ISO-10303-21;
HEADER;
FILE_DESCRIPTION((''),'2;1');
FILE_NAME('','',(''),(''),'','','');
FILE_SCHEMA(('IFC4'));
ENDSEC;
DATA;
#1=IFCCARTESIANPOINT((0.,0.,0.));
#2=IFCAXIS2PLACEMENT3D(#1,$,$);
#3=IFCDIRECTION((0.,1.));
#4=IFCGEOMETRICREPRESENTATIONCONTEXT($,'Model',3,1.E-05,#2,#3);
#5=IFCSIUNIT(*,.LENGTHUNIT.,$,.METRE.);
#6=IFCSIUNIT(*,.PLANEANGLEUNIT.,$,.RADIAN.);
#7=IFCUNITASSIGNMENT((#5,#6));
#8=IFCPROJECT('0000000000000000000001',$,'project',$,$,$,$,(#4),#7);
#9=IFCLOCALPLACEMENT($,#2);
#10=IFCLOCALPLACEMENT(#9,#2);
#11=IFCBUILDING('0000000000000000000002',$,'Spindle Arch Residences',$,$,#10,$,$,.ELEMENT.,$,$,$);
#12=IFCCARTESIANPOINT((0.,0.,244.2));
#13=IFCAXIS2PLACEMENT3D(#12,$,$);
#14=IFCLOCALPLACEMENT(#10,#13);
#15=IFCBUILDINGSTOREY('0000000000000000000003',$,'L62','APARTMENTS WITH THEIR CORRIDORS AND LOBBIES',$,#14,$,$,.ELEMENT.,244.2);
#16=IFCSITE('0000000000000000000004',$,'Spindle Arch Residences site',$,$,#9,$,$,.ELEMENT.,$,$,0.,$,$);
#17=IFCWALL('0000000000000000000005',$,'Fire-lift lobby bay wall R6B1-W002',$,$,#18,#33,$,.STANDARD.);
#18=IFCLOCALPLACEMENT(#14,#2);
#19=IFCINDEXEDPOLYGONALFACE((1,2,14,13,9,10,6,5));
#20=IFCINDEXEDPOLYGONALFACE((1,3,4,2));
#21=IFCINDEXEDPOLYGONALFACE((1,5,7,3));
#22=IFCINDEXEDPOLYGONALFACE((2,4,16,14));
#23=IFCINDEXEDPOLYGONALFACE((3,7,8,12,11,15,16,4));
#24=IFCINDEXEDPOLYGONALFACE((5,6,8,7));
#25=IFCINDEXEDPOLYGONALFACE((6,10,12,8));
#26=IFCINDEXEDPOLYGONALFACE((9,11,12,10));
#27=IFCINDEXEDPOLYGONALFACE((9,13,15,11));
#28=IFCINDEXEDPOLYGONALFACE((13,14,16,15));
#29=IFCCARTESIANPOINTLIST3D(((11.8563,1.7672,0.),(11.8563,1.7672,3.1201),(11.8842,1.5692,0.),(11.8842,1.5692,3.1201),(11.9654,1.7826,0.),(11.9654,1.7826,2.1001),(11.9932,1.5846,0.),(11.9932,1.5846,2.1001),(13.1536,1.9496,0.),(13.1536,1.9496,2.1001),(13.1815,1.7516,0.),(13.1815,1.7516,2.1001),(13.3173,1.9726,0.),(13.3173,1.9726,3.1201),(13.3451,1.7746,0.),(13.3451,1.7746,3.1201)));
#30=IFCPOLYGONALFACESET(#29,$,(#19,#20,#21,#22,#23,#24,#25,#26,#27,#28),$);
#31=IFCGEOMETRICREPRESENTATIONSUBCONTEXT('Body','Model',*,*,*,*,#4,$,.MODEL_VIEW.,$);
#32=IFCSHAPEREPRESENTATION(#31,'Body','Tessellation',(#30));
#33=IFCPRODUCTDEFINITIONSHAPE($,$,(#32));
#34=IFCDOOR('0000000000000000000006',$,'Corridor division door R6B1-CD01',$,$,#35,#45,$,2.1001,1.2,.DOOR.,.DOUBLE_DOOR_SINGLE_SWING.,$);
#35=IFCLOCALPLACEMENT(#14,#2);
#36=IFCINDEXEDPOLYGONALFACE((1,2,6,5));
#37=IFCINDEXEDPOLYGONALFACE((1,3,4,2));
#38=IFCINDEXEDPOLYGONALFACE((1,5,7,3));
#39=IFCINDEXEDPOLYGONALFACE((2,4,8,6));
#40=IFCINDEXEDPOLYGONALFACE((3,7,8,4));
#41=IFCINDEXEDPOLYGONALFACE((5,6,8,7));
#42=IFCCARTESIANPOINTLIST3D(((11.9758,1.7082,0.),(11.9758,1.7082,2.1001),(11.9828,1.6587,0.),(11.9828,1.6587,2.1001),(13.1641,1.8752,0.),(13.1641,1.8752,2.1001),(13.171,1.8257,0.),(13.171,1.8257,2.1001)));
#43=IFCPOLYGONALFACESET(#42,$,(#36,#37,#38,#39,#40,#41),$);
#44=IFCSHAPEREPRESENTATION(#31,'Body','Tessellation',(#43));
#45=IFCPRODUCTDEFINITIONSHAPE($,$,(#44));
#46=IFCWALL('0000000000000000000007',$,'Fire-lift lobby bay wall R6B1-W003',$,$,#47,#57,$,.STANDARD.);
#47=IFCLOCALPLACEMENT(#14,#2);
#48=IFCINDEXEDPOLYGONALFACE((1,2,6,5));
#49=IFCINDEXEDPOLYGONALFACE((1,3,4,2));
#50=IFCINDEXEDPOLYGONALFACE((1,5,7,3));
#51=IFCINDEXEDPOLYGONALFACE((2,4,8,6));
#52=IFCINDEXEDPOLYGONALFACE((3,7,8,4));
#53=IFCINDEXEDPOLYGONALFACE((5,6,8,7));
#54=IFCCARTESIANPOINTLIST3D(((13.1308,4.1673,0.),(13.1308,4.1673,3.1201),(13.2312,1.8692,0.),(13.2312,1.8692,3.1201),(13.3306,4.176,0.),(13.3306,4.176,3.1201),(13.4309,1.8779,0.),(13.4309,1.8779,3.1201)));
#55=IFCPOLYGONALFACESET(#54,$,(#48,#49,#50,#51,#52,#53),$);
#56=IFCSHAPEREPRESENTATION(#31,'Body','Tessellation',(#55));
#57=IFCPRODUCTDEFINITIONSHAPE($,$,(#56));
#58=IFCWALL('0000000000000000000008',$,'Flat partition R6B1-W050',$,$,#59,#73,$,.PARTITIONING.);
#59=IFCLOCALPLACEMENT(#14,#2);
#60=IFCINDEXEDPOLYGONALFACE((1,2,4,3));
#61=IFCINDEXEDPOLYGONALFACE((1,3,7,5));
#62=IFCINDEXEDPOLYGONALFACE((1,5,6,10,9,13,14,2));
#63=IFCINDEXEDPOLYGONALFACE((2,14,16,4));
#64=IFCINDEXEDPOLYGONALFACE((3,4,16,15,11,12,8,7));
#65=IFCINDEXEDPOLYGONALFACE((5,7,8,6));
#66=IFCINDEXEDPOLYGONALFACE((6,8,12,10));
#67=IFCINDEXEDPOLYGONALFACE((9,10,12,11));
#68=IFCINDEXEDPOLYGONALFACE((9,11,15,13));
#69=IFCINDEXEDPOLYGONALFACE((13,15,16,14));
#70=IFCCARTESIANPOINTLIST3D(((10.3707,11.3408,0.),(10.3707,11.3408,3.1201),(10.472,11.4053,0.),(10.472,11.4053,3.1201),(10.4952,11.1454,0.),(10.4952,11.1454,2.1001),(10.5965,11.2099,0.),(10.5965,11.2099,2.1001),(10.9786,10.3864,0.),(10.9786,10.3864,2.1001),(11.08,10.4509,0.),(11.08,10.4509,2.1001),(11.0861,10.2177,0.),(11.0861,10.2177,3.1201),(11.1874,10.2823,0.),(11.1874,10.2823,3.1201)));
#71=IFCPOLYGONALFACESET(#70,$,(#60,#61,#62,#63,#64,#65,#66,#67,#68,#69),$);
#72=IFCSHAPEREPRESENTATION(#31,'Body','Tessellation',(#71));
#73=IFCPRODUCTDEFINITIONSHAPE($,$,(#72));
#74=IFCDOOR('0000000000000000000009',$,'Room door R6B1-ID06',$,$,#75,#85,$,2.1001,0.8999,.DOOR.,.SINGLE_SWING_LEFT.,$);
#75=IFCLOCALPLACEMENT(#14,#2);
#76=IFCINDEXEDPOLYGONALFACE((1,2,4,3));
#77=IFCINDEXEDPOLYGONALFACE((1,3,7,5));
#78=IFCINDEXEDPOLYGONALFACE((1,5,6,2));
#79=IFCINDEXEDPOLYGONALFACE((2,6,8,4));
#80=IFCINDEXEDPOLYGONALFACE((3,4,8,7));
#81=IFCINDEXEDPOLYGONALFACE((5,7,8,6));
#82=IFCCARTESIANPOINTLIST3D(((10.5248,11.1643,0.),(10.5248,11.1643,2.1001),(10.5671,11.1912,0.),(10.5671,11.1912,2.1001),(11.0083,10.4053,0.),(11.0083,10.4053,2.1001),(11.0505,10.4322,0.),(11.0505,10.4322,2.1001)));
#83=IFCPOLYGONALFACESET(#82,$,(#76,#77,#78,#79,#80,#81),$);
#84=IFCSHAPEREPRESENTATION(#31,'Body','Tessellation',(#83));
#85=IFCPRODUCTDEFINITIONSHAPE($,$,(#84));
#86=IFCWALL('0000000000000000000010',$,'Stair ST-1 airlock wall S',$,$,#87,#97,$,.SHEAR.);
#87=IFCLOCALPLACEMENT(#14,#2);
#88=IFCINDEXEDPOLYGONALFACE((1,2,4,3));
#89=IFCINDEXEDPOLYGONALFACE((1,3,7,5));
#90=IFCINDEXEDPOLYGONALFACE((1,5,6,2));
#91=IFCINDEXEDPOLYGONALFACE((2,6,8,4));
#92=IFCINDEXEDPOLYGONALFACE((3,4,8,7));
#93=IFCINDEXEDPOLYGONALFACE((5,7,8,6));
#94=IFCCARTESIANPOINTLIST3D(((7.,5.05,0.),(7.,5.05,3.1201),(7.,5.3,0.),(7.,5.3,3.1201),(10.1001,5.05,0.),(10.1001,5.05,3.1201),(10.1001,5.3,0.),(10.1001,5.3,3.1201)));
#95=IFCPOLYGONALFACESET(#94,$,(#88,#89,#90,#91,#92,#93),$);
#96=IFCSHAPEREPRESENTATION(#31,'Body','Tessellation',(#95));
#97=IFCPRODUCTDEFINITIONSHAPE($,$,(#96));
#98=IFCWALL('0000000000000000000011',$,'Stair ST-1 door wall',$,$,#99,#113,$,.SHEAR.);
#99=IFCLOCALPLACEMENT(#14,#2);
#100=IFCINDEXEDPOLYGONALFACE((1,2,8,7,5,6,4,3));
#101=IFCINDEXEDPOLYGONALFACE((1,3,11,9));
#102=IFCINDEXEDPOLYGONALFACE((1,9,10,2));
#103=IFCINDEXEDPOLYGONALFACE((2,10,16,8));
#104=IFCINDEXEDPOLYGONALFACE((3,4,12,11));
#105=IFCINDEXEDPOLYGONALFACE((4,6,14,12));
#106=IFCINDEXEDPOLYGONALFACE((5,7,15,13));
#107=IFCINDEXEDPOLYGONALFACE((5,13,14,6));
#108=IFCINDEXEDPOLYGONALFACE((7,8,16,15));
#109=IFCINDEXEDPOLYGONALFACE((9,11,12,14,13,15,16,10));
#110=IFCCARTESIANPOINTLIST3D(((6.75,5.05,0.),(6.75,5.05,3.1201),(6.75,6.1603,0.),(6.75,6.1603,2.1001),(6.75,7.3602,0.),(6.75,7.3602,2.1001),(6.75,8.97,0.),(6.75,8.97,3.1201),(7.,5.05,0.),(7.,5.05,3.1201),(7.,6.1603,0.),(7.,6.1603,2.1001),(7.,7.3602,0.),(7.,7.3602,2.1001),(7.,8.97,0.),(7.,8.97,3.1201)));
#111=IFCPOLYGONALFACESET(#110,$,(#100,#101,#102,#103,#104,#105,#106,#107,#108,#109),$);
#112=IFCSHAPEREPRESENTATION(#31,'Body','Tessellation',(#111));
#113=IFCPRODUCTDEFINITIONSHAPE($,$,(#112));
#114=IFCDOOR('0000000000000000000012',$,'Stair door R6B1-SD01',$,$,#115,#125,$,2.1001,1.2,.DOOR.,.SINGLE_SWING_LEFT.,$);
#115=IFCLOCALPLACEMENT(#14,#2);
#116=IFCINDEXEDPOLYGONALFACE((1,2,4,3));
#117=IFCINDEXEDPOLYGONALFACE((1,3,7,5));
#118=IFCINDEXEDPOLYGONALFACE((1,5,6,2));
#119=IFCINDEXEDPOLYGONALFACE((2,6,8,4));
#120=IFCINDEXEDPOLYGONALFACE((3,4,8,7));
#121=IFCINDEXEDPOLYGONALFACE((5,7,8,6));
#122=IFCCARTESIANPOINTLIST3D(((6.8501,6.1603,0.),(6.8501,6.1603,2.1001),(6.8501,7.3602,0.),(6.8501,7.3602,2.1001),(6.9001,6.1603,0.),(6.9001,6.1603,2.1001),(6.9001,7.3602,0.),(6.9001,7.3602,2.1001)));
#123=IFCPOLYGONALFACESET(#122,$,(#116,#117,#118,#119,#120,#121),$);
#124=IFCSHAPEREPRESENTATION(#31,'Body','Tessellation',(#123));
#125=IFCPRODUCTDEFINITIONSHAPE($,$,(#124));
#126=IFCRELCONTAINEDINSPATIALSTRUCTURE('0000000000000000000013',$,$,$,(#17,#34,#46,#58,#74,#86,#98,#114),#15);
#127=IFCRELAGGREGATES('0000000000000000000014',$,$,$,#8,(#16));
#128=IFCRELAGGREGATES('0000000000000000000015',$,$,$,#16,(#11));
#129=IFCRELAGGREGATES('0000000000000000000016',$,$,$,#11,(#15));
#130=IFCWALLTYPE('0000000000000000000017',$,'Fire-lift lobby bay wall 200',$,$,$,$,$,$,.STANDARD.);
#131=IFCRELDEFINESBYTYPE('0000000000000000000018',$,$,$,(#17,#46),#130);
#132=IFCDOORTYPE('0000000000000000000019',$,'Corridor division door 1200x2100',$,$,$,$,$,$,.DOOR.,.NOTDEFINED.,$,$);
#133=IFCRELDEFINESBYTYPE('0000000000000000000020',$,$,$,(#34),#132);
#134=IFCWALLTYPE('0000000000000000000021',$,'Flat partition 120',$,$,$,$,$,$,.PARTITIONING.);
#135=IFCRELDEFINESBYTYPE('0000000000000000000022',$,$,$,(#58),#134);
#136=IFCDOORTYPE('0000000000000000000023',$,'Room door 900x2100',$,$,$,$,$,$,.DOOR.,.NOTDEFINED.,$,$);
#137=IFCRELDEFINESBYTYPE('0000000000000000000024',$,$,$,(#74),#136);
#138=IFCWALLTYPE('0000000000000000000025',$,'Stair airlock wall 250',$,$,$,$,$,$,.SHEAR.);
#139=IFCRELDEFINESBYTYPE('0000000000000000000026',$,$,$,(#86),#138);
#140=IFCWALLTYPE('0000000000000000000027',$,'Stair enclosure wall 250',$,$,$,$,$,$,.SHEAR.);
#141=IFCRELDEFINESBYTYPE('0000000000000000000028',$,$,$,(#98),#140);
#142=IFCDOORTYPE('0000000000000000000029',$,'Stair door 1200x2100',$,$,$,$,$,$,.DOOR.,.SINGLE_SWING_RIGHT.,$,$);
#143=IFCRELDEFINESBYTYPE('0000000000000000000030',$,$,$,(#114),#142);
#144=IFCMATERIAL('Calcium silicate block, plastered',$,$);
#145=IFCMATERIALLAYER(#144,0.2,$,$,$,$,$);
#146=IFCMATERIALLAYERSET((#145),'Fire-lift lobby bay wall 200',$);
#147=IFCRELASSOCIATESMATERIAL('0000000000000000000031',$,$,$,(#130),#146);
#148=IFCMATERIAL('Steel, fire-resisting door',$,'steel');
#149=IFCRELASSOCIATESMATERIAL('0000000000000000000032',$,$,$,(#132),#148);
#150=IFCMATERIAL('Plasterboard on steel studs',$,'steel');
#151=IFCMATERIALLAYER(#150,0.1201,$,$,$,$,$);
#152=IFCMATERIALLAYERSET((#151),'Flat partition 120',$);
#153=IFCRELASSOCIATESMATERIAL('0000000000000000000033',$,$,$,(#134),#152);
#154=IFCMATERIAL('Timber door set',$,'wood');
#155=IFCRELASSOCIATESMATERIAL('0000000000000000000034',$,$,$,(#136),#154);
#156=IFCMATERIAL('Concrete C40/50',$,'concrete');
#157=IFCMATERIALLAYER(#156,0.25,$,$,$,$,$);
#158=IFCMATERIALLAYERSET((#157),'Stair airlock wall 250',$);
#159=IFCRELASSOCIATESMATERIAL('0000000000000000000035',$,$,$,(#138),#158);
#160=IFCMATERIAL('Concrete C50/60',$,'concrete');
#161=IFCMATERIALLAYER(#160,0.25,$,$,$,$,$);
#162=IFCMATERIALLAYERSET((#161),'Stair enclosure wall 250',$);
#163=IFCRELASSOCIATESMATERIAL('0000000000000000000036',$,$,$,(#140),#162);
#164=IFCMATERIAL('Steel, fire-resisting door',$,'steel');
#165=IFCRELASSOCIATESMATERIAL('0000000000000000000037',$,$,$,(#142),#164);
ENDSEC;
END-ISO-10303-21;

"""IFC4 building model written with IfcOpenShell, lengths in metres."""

from ifc_helpers import new_model, si_unit, direction, frame, frame_2d, origin, place, context, subcontext, project, spatial, rectangle, extrude, material, layer, layer_set, type_object, element, fill, save


model = new_model("IFC4")

# Units and contexts
model_context = context("Model", 3, precision=1e-05, world=origin(), true_north=direction((0.0, 1.0)))
body_context = subcontext(model_context, "Body", "Model", "MODEL_VIEW")
ifc_project = project(units=[si_unit("LENGTHUNIT", "METRE"), si_unit("PLANEANGLEUNIT", "RADIAN")], contexts=[model_context])

# Site, building, storey
site_placement = place(None, origin())
site = spatial("IfcSite", under=ifc_project, at=site_placement, Name="Spindle Arch Residences site", CompositionType="ELEMENT", RefElevation=0.0)
building_placement = place(site_placement, origin())
building = spatial("IfcBuilding", under=site, at=building_placement, Name="Spindle Arch Residences", CompositionType="ELEMENT")
storey_placement = place(building_placement, frame((0.0, 0.0, 244.2)))
storey = spatial("IfcBuildingStorey", under=building, at=storey_placement, Name="L62", Description="APARTMENTS WITH THEIR CORRIDORS AND LOBBIES", CompositionType="ELEMENT", Elevation=244.2)

# Shared definitions
ifc_material_1 = material(Name="Calcium silicate block, plastered")
ifc_layer_1 = layer(ifc_material_1, 0.2)
ifc_layer_set_1 = layer_set([ifc_layer_1], Name="Fire-lift lobby bay wall 200")
wall_type_1 = type_object("IfcWallType", Name="Fire-lift lobby bay wall 200", PredefinedType="STANDARD", material=ifc_layer_set_1)

# Wall, opening, door
wall_1_placement = place(storey_placement, frame((11.8701, 1.6682, 0.0), z_axis=(0.0, 0.0, 1.0), x_axis=(0.990268, 0.139174, 0.0)))
wall_1 = element("IfcWall", 1, at=wall_1_placement, inside=storey, type_object=wall_type_1, Name="Fire-lift lobby bay wall R6B1-W002", PredefinedType="STANDARD", context=body_context, shape_type="SweptSolid", body=[
    extrude(rectangle(XDim=1.4753, YDim=0.2, at=frame_2d((0.7378, 0.0))), origin(), (0.0, 0.0, 1.0), 3.1201),
])
opening_1_placement = place(wall_1_placement, frame((0.1101, 0.0, 0.0)))
opening_1 = element("IfcOpeningElement", 2, at=opening_1_placement, cuts=wall_1, PredefinedType="OPENING", context=body_context, shape_type="SweptSolid", body=[
    extrude(rectangle(XDim=1.2, YDim=2.1001, at=frame_2d((0.6001, 1.05))), frame((0.0, 0.1099, 0.0), z_axis=(0.0, -1.0, 0.0), x_axis=(1.0, 0.0, 0.0)), (0.0, 0.0, 1.0), 0.22),
])
ifc_material_2 = material(Name="Steel, fire-resisting door", Category="steel")
door_type_1 = type_object("IfcDoorType", Name="Corridor division door 1200x2100", OperationType="NOTDEFINED", PredefinedType="DOOR", material=ifc_material_2)
door_1_placement = place(opening_1_placement, origin())
door_1 = element("IfcDoor", 3, at=door_1_placement, inside=storey, type_object=door_type_1, Name="Corridor division door R6B1-CD01", OperationType="DOUBLE_DOOR_SINGLE_SWING", OverallHeight=2.1001, OverallWidth=1.2, PredefinedType="DOOR", context=body_context, shape_type="SweptSolid", body=[
    extrude(rectangle(XDim=1.2, YDim=2.1001, at=frame_2d((0.6001, 1.05))), frame((0.0, 0.0249, 0.0), z_axis=(0.0, -1.0, 0.0), x_axis=(1.0, 0.0, 0.0)), (0.0, 0.0, 1.0), 0.05),
])
fill(opening_1, door_1)

# Wall
wall_2_placement = place(storey_placement, frame((13.3311, 1.8735, 0.0), z_axis=(0.0, 0.0, 1.0), x_axis=(-0.043621, 0.999048, 0.0)))
element("IfcWall", 4, at=wall_2_placement, inside=storey, type_object=wall_type_1, Name="Fire-lift lobby bay wall R6B1-W003", PredefinedType="STANDARD", context=body_context, shape_type="SweptSolid", body=[
    extrude(rectangle(XDim=2.3003, YDim=0.2, at=frame_2d((1.1501, 0.0))), origin(), (0.0, 0.0, 1.0), 3.1201),
])

# Wall, opening, door
ifc_material_3 = material(Name="Plasterboard on steel studs", Category="steel")
ifc_layer_2 = layer(ifc_material_3, 0.1201)
ifc_layer_set_2 = layer_set([ifc_layer_2], Name="Flat partition 120")
wall_type_2 = type_object("IfcWallType", Name="Flat partition 120", PredefinedType="PARTITIONING", material=ifc_layer_set_2)
wall_3_placement = place(storey_placement, frame((11.1367, 10.25, 0.0), z_axis=(0.0, 0.0, 1.0), x_axis=(-0.537231, 0.843435, 0.0)))
wall_3 = element("IfcWall", 5, at=wall_3_placement, inside=storey, type_object=wall_type_2, Name="Flat partition R6B1-W050", PredefinedType="PARTITIONING", context=body_context, shape_type="SweptSolid", body=[
    extrude(rectangle(XDim=1.3315, YDim=0.1201, at=frame_2d((0.6658, 0.0))), origin(), (0.0, 0.0, 1.0), 3.1201),
])
opening_2_placement = place(wall_3_placement, frame((0.2, 0.0, 0.0)))
opening_2 = element("IfcOpeningElement", 6, at=opening_2_placement, cuts=wall_3, PredefinedType="OPENING", context=body_context, shape_type="SweptSolid", body=[
    extrude(rectangle(XDim=0.8999, YDim=2.1001, at=frame_2d((0.45, 1.05))), frame((0.0, 0.0701, 0.0), z_axis=(0.0, -1.0, 0.0), x_axis=(1.0, 0.0, 0.0)), (0.0, 0.0, 1.0), 0.1401),
])
ifc_material_4 = material(Name="Timber door set", Category="wood")
door_type_2 = type_object("IfcDoorType", Name="Room door 900x2100", OperationType="NOTDEFINED", PredefinedType="DOOR", material=ifc_material_4)
door_2_placement = place(opening_2_placement, origin())
door_2 = element("IfcDoor", 7, at=door_2_placement, inside=storey, type_object=door_type_2, Name="Room door R6B1-ID06", OperationType="SINGLE_SWING_LEFT", OverallHeight=2.1001, OverallWidth=0.8999, PredefinedType="DOOR", context=body_context, shape_type="SweptSolid", body=[
    extrude(rectangle(XDim=0.8999, YDim=2.1001, at=frame_2d((0.45, 1.05))), frame((0.0, 0.0249, 0.0), z_axis=(0.0, -1.0, 0.0), x_axis=(1.0, 0.0, 0.0)), (0.0, 0.0, 1.0), 0.05),
])
fill(opening_2, door_2)

# Wall
ifc_material_5 = material(Name="Concrete C40/50", Category="concrete")
ifc_layer_3 = layer(ifc_material_5, 0.25)
ifc_layer_set_3 = layer_set([ifc_layer_3], Name="Stair airlock wall 250")
wall_type_3 = type_object("IfcWallType", Name="Stair airlock wall 250", PredefinedType="SHEAR", material=ifc_layer_set_3)
wall_4_placement = place(storey_placement, frame((7.0, 5.175, 0.0), z_axis=(0.0, 0.0, 1.0), x_axis=(1.0, 0.0, 0.0)))
element("IfcWall", 8, at=wall_4_placement, inside=storey, type_object=wall_type_3, Name="Stair ST-1 airlock wall S", PredefinedType="SHEAR", context=body_context, shape_type="SweptSolid", body=[
    extrude(rectangle(XDim=3.1001, YDim=0.25, at=frame_2d((1.55, 0.0))), origin(), (0.0, 0.0, 1.0), 3.1201),
])

# Wall, opening, door
ifc_material_6 = material(Name="Concrete C50/60", Category="concrete")
ifc_layer_4 = layer(ifc_material_6, 0.25)
ifc_layer_set_4 = layer_set([ifc_layer_4], Name="Stair enclosure wall 250")
wall_type_4 = type_object("IfcWallType", Name="Stair enclosure wall 250", PredefinedType="SHEAR", material=ifc_layer_set_4)
wall_5_placement = place(storey_placement, frame((6.875, 5.05, 0.0), z_axis=(0.0, 0.0, 1.0), x_axis=(0.0, 1.0, 0.0)))
wall_5 = element("IfcWall", 9, at=wall_5_placement, inside=storey, type_object=wall_type_4, Name="Stair ST-1 door wall", PredefinedType="SHEAR", context=body_context, shape_type="SweptSolid", body=[
    extrude(rectangle(XDim=3.9199, YDim=0.25, at=frame_2d((1.96, 0.0))), origin(), (0.0, 0.0, 1.0), 3.1201),
])
opening_3_placement = place(wall_5_placement, frame((1.1101, 0.0, 0.0)))
opening_3 = element("IfcOpeningElement", 10, at=opening_3_placement, cuts=wall_5, PredefinedType="OPENING", context=body_context, shape_type="SweptSolid", body=[
    extrude(rectangle(XDim=1.2, YDim=2.1001, at=frame_2d((0.6001, 1.05))), frame((0.0, 0.135, 0.0), z_axis=(0.0, -1.0, 0.0), x_axis=(1.0, 0.0, 0.0)), (0.0, 0.0, 1.0), 0.27),
])
ifc_material_7 = material(Name="Steel, fire-resisting door", Category="steel")
door_type_3 = type_object("IfcDoorType", Name="Stair door 1200x2100", OperationType="SINGLE_SWING_RIGHT", PredefinedType="DOOR", material=ifc_material_7)
door_3_placement = place(opening_3_placement, origin())
door_3 = element("IfcDoor", 11, at=door_3_placement, inside=storey, type_object=door_type_3, Name="Stair door R6B1-SD01", OperationType="SINGLE_SWING_LEFT", OverallHeight=2.1001, OverallWidth=1.2, PredefinedType="DOOR", context=body_context, shape_type="SweptSolid", body=[
    extrude(rectangle(XDim=1.2, YDim=2.1001, at=frame_2d((0.6001, 1.05))), frame((0.0, 0.0249, 0.0), z_axis=(0.0, -1.0, 0.0), x_axis=(1.0, 0.0, 0.0)), (0.0, 0.0, 1.0), 0.05),
])
fill(opening_3, door_3)

save(model, "model.ifc")
